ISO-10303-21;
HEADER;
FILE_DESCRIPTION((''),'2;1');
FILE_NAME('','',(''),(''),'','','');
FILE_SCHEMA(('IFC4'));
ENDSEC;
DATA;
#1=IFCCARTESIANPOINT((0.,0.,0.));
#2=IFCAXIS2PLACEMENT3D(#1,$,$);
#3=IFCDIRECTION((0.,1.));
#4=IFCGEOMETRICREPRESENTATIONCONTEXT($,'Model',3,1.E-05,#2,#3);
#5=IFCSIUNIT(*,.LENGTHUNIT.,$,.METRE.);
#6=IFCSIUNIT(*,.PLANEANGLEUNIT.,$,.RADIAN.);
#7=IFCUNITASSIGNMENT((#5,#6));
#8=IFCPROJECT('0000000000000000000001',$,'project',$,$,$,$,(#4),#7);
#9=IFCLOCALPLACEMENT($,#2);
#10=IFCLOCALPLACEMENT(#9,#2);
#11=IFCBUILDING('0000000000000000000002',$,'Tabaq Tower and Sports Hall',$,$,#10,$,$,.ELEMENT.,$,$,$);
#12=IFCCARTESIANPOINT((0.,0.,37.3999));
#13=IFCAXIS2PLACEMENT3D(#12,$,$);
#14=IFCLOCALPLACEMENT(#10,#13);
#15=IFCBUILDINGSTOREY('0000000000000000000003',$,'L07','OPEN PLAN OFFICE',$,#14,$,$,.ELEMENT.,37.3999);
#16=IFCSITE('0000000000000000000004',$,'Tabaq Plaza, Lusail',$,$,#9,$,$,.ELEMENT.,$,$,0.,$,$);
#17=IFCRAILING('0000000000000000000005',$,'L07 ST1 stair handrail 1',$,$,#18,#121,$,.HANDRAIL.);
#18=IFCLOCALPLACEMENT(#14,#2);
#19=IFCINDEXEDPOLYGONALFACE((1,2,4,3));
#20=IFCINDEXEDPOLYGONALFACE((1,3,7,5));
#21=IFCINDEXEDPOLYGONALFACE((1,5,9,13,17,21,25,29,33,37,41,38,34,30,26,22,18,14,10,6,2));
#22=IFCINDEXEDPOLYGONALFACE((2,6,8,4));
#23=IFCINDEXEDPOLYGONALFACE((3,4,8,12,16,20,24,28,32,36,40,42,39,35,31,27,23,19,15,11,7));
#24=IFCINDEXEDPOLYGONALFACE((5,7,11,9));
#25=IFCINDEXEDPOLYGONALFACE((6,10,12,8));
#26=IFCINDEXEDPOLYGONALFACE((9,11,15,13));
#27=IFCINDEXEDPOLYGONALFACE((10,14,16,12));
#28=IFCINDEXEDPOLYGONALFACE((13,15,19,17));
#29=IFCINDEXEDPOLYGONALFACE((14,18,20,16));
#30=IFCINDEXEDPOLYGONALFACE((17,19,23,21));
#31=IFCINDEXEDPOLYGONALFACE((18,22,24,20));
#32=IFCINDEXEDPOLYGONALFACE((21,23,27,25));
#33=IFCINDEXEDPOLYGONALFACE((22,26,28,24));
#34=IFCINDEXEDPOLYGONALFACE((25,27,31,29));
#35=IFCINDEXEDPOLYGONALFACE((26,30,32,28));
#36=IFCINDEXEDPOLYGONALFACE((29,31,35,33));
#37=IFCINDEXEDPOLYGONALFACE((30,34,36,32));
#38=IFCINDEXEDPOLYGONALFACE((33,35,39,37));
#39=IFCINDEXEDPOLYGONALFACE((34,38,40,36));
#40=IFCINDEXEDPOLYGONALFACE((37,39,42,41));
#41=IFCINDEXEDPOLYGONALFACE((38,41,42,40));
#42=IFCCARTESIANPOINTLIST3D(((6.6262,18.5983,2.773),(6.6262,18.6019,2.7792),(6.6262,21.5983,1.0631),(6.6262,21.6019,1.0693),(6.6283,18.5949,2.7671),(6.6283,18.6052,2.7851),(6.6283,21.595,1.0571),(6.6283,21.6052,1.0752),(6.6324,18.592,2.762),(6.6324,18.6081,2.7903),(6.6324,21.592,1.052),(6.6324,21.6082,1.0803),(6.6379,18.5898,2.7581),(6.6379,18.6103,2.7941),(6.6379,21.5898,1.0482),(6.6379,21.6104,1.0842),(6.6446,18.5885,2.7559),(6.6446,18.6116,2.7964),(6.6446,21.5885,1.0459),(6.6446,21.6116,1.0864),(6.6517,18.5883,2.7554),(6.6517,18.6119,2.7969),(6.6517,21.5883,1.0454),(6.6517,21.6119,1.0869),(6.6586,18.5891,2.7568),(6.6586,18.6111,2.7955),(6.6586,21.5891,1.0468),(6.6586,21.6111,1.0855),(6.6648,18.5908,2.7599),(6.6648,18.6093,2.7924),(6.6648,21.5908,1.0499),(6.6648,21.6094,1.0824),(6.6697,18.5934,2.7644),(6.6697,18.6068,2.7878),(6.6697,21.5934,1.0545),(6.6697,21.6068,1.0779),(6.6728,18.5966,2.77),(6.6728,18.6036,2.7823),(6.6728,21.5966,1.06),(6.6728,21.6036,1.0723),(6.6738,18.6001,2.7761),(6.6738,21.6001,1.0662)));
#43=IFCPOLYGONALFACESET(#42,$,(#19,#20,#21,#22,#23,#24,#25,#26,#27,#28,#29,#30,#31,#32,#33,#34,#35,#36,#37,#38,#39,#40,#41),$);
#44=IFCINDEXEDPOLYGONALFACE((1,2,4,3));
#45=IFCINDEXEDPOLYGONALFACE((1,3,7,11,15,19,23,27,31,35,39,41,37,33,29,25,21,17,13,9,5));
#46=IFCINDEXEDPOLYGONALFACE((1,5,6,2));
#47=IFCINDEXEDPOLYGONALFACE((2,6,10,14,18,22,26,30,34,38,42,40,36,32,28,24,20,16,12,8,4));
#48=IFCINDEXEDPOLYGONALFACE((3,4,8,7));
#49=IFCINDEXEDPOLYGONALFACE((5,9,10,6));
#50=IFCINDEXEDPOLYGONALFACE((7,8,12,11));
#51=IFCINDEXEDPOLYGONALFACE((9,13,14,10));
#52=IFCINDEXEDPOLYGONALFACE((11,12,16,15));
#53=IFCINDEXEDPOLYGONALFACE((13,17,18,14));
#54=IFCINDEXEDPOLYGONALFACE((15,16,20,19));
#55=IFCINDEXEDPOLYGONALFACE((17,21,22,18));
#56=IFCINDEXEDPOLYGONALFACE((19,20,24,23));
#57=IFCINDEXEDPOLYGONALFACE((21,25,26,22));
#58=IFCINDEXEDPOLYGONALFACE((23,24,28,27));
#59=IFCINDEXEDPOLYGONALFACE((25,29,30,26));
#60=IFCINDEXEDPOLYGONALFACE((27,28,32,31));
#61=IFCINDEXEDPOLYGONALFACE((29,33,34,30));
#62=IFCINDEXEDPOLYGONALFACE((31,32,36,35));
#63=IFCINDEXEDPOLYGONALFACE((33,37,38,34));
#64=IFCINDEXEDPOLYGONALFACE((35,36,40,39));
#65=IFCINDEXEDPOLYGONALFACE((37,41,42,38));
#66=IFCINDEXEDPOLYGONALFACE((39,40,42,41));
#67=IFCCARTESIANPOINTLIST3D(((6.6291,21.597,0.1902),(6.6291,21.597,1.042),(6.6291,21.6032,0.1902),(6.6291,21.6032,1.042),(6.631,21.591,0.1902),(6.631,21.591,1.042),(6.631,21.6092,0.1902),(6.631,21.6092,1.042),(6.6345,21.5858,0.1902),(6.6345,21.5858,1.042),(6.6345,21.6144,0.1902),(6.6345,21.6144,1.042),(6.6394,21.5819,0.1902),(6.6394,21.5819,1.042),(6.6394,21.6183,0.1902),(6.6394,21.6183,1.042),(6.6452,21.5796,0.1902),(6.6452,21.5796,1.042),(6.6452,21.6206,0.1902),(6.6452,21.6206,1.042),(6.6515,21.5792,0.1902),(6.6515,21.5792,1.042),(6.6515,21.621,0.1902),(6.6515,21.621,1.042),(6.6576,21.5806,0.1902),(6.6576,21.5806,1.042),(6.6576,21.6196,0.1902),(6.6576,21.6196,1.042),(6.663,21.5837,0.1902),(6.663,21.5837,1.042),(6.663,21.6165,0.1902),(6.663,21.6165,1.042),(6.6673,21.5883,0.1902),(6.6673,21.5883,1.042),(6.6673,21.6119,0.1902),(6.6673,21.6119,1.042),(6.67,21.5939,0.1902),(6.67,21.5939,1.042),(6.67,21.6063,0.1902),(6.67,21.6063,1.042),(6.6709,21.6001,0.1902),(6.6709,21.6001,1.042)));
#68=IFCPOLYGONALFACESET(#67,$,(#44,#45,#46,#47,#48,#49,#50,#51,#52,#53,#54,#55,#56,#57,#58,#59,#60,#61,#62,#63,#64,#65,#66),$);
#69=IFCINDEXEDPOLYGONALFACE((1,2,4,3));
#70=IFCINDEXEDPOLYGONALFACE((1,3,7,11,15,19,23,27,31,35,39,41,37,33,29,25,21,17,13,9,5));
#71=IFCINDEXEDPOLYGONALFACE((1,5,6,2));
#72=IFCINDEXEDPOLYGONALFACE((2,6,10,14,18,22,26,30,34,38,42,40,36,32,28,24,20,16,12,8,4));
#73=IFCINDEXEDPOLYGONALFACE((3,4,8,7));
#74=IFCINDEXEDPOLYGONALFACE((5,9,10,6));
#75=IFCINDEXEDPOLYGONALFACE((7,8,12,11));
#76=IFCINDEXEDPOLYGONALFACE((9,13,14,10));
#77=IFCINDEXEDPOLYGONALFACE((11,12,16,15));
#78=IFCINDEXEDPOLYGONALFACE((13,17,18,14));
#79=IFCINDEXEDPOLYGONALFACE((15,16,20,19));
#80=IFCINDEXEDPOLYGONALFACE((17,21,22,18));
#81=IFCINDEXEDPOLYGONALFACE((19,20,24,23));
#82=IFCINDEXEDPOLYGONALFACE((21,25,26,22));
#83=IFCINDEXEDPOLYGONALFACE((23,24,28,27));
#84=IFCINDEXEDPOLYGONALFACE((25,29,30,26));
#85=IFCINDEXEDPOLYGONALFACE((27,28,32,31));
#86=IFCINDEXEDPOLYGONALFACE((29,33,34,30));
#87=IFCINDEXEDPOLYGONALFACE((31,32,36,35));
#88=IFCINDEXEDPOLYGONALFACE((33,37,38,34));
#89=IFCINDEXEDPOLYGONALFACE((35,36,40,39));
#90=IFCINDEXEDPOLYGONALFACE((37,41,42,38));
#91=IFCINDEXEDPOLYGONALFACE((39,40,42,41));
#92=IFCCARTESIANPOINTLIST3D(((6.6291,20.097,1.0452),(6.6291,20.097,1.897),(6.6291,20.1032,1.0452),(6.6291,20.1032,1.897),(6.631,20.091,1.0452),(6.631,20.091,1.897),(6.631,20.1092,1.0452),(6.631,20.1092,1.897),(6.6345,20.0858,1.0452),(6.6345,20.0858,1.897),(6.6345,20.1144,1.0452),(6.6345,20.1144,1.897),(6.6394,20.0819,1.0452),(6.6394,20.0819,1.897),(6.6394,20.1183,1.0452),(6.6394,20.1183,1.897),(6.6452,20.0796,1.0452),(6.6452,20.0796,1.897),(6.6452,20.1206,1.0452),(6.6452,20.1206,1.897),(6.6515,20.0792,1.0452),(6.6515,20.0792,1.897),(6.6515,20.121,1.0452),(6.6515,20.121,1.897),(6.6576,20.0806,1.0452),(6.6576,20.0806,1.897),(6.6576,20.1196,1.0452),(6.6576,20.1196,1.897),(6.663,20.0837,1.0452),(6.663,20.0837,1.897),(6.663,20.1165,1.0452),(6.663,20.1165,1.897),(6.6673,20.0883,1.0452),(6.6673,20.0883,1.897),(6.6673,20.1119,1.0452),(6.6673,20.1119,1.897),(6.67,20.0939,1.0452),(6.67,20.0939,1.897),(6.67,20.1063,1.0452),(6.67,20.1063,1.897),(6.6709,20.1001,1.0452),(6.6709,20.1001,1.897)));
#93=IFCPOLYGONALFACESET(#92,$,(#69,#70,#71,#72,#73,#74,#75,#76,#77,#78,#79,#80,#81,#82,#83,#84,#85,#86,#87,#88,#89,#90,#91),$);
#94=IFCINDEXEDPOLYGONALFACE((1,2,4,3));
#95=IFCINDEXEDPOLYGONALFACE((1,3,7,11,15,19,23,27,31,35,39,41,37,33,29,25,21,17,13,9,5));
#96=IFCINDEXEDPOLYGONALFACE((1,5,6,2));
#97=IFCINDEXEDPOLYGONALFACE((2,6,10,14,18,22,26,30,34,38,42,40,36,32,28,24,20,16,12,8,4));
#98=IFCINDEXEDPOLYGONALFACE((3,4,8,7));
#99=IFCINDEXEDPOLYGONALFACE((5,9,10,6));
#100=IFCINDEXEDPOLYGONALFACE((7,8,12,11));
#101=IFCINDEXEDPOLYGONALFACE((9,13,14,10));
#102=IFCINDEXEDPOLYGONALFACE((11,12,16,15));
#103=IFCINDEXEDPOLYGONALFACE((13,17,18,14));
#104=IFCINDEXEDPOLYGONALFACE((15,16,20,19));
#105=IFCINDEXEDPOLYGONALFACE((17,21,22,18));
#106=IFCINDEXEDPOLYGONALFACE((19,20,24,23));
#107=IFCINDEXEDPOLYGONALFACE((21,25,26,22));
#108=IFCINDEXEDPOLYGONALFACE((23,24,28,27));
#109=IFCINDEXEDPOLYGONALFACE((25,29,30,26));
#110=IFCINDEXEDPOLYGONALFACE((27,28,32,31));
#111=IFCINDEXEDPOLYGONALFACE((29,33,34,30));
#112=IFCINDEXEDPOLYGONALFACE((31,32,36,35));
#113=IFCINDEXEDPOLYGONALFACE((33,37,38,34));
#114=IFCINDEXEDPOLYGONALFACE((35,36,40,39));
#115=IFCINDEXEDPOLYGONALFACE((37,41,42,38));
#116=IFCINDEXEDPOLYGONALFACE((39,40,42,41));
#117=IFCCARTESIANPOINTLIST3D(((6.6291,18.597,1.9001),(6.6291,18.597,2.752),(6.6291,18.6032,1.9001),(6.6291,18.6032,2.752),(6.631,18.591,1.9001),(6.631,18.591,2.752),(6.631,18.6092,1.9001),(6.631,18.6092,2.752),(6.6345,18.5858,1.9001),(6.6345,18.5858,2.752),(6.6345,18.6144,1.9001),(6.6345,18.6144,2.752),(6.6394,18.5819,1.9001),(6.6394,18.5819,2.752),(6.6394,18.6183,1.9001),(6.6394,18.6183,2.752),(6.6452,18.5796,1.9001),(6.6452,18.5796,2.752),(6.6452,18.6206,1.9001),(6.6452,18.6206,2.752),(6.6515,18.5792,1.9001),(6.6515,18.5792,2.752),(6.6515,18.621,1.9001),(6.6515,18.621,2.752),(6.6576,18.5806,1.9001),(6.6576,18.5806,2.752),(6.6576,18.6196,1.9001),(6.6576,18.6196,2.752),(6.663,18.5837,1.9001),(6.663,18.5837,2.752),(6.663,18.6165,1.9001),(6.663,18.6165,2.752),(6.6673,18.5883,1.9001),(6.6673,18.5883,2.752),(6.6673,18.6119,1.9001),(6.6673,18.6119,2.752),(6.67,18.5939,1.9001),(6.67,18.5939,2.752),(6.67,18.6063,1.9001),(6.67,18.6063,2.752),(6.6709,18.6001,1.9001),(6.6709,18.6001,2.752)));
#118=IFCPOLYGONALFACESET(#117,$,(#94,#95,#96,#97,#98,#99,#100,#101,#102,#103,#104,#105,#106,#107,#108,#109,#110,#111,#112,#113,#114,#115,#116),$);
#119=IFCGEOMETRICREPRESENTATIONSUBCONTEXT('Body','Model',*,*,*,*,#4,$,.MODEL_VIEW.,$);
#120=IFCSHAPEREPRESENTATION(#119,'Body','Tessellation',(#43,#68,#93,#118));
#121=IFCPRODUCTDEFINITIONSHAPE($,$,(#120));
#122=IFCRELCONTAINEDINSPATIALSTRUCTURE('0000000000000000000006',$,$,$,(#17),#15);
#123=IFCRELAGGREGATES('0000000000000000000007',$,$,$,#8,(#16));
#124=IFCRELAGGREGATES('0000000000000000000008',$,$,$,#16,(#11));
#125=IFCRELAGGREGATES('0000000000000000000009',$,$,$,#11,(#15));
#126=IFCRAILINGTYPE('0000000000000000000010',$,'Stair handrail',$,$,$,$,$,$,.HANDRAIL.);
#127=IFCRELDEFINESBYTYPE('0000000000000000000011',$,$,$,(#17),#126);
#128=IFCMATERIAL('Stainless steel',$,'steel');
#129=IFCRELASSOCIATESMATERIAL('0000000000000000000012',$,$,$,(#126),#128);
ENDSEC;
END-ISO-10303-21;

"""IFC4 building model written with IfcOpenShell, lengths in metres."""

from ifc_helpers import new_model, si_unit, direction, frame, origin, origin_2d, place, context, subcontext, project, spatial, circle, extrude, material, type_object, element, save


model = new_model("IFC4")

# Units and contexts
model_context = context("Model", 3, precision=1e-05, world=origin(), true_north=direction((0.0, 1.0)))
body_context = subcontext(model_context, "Body", "Model", "MODEL_VIEW")
ifc_project = project(units=[si_unit("LENGTHUNIT", "METRE"), si_unit("PLANEANGLEUNIT", "RADIAN")], contexts=[model_context])

# Site, building, storey
site_placement = place(None, origin())
site = spatial("IfcSite", under=ifc_project, at=site_placement, Name="Tabaq Plaza, Lusail", CompositionType="ELEMENT", RefElevation=0.0)
building_placement = place(site_placement, origin())
building = spatial("IfcBuilding", under=site, at=building_placement, Name="Tabaq Tower and Sports Hall", CompositionType="ELEMENT")
storey_placement = place(building_placement, frame((0.0, 0.0, 37.3999)))
storey = spatial("IfcBuildingStorey", under=building, at=storey_placement, Name="L07", Description="OPEN PLAN OFFICE", CompositionType="ELEMENT", Elevation=37.3999)

# Railing
ifc_material_1 = material(Name="Stainless steel", Category="steel")
railing_type_1 = type_object("IfcRailingType", Name="Stair handrail", PredefinedType="HANDRAIL", material=ifc_material_1)
railing_1_placement = place(storey_placement, frame((6.6499, 21.6001, 0.1902)))
element("IfcRailing", 1, at=railing_1_placement, inside=storey, type_object=railing_type_1, Name="L07 ST1 stair handrail 1", PredefinedType="HANDRAIL", context=body_context, shape_type="SweptSolid", body=[
    extrude(circle(Radius=0.0239, at=origin_2d()), frame((0.0, 0.0, 0.876), z_axis=(0.0, -0.868782, 0.495195), x_axis=(1.0, 0.0, 0.0)), (0.0, 0.0, 1.0), 3.4531),
    extrude(circle(Radius=0.021, at=origin_2d()), origin(), (0.0, 0.0, 1.0), 0.8518),
    extrude(circle(Radius=0.021, at=origin_2d()), frame((0.0, -1.5, 0.855)), (0.0, 0.0, 1.0), 0.8518),
    extrude(circle(Radius=0.021, at=origin_2d()), frame((0.0, -3.0, 1.71)), (0.0, 0.0, 1.0), 0.8518),
])

save(model, "model.ifc")
